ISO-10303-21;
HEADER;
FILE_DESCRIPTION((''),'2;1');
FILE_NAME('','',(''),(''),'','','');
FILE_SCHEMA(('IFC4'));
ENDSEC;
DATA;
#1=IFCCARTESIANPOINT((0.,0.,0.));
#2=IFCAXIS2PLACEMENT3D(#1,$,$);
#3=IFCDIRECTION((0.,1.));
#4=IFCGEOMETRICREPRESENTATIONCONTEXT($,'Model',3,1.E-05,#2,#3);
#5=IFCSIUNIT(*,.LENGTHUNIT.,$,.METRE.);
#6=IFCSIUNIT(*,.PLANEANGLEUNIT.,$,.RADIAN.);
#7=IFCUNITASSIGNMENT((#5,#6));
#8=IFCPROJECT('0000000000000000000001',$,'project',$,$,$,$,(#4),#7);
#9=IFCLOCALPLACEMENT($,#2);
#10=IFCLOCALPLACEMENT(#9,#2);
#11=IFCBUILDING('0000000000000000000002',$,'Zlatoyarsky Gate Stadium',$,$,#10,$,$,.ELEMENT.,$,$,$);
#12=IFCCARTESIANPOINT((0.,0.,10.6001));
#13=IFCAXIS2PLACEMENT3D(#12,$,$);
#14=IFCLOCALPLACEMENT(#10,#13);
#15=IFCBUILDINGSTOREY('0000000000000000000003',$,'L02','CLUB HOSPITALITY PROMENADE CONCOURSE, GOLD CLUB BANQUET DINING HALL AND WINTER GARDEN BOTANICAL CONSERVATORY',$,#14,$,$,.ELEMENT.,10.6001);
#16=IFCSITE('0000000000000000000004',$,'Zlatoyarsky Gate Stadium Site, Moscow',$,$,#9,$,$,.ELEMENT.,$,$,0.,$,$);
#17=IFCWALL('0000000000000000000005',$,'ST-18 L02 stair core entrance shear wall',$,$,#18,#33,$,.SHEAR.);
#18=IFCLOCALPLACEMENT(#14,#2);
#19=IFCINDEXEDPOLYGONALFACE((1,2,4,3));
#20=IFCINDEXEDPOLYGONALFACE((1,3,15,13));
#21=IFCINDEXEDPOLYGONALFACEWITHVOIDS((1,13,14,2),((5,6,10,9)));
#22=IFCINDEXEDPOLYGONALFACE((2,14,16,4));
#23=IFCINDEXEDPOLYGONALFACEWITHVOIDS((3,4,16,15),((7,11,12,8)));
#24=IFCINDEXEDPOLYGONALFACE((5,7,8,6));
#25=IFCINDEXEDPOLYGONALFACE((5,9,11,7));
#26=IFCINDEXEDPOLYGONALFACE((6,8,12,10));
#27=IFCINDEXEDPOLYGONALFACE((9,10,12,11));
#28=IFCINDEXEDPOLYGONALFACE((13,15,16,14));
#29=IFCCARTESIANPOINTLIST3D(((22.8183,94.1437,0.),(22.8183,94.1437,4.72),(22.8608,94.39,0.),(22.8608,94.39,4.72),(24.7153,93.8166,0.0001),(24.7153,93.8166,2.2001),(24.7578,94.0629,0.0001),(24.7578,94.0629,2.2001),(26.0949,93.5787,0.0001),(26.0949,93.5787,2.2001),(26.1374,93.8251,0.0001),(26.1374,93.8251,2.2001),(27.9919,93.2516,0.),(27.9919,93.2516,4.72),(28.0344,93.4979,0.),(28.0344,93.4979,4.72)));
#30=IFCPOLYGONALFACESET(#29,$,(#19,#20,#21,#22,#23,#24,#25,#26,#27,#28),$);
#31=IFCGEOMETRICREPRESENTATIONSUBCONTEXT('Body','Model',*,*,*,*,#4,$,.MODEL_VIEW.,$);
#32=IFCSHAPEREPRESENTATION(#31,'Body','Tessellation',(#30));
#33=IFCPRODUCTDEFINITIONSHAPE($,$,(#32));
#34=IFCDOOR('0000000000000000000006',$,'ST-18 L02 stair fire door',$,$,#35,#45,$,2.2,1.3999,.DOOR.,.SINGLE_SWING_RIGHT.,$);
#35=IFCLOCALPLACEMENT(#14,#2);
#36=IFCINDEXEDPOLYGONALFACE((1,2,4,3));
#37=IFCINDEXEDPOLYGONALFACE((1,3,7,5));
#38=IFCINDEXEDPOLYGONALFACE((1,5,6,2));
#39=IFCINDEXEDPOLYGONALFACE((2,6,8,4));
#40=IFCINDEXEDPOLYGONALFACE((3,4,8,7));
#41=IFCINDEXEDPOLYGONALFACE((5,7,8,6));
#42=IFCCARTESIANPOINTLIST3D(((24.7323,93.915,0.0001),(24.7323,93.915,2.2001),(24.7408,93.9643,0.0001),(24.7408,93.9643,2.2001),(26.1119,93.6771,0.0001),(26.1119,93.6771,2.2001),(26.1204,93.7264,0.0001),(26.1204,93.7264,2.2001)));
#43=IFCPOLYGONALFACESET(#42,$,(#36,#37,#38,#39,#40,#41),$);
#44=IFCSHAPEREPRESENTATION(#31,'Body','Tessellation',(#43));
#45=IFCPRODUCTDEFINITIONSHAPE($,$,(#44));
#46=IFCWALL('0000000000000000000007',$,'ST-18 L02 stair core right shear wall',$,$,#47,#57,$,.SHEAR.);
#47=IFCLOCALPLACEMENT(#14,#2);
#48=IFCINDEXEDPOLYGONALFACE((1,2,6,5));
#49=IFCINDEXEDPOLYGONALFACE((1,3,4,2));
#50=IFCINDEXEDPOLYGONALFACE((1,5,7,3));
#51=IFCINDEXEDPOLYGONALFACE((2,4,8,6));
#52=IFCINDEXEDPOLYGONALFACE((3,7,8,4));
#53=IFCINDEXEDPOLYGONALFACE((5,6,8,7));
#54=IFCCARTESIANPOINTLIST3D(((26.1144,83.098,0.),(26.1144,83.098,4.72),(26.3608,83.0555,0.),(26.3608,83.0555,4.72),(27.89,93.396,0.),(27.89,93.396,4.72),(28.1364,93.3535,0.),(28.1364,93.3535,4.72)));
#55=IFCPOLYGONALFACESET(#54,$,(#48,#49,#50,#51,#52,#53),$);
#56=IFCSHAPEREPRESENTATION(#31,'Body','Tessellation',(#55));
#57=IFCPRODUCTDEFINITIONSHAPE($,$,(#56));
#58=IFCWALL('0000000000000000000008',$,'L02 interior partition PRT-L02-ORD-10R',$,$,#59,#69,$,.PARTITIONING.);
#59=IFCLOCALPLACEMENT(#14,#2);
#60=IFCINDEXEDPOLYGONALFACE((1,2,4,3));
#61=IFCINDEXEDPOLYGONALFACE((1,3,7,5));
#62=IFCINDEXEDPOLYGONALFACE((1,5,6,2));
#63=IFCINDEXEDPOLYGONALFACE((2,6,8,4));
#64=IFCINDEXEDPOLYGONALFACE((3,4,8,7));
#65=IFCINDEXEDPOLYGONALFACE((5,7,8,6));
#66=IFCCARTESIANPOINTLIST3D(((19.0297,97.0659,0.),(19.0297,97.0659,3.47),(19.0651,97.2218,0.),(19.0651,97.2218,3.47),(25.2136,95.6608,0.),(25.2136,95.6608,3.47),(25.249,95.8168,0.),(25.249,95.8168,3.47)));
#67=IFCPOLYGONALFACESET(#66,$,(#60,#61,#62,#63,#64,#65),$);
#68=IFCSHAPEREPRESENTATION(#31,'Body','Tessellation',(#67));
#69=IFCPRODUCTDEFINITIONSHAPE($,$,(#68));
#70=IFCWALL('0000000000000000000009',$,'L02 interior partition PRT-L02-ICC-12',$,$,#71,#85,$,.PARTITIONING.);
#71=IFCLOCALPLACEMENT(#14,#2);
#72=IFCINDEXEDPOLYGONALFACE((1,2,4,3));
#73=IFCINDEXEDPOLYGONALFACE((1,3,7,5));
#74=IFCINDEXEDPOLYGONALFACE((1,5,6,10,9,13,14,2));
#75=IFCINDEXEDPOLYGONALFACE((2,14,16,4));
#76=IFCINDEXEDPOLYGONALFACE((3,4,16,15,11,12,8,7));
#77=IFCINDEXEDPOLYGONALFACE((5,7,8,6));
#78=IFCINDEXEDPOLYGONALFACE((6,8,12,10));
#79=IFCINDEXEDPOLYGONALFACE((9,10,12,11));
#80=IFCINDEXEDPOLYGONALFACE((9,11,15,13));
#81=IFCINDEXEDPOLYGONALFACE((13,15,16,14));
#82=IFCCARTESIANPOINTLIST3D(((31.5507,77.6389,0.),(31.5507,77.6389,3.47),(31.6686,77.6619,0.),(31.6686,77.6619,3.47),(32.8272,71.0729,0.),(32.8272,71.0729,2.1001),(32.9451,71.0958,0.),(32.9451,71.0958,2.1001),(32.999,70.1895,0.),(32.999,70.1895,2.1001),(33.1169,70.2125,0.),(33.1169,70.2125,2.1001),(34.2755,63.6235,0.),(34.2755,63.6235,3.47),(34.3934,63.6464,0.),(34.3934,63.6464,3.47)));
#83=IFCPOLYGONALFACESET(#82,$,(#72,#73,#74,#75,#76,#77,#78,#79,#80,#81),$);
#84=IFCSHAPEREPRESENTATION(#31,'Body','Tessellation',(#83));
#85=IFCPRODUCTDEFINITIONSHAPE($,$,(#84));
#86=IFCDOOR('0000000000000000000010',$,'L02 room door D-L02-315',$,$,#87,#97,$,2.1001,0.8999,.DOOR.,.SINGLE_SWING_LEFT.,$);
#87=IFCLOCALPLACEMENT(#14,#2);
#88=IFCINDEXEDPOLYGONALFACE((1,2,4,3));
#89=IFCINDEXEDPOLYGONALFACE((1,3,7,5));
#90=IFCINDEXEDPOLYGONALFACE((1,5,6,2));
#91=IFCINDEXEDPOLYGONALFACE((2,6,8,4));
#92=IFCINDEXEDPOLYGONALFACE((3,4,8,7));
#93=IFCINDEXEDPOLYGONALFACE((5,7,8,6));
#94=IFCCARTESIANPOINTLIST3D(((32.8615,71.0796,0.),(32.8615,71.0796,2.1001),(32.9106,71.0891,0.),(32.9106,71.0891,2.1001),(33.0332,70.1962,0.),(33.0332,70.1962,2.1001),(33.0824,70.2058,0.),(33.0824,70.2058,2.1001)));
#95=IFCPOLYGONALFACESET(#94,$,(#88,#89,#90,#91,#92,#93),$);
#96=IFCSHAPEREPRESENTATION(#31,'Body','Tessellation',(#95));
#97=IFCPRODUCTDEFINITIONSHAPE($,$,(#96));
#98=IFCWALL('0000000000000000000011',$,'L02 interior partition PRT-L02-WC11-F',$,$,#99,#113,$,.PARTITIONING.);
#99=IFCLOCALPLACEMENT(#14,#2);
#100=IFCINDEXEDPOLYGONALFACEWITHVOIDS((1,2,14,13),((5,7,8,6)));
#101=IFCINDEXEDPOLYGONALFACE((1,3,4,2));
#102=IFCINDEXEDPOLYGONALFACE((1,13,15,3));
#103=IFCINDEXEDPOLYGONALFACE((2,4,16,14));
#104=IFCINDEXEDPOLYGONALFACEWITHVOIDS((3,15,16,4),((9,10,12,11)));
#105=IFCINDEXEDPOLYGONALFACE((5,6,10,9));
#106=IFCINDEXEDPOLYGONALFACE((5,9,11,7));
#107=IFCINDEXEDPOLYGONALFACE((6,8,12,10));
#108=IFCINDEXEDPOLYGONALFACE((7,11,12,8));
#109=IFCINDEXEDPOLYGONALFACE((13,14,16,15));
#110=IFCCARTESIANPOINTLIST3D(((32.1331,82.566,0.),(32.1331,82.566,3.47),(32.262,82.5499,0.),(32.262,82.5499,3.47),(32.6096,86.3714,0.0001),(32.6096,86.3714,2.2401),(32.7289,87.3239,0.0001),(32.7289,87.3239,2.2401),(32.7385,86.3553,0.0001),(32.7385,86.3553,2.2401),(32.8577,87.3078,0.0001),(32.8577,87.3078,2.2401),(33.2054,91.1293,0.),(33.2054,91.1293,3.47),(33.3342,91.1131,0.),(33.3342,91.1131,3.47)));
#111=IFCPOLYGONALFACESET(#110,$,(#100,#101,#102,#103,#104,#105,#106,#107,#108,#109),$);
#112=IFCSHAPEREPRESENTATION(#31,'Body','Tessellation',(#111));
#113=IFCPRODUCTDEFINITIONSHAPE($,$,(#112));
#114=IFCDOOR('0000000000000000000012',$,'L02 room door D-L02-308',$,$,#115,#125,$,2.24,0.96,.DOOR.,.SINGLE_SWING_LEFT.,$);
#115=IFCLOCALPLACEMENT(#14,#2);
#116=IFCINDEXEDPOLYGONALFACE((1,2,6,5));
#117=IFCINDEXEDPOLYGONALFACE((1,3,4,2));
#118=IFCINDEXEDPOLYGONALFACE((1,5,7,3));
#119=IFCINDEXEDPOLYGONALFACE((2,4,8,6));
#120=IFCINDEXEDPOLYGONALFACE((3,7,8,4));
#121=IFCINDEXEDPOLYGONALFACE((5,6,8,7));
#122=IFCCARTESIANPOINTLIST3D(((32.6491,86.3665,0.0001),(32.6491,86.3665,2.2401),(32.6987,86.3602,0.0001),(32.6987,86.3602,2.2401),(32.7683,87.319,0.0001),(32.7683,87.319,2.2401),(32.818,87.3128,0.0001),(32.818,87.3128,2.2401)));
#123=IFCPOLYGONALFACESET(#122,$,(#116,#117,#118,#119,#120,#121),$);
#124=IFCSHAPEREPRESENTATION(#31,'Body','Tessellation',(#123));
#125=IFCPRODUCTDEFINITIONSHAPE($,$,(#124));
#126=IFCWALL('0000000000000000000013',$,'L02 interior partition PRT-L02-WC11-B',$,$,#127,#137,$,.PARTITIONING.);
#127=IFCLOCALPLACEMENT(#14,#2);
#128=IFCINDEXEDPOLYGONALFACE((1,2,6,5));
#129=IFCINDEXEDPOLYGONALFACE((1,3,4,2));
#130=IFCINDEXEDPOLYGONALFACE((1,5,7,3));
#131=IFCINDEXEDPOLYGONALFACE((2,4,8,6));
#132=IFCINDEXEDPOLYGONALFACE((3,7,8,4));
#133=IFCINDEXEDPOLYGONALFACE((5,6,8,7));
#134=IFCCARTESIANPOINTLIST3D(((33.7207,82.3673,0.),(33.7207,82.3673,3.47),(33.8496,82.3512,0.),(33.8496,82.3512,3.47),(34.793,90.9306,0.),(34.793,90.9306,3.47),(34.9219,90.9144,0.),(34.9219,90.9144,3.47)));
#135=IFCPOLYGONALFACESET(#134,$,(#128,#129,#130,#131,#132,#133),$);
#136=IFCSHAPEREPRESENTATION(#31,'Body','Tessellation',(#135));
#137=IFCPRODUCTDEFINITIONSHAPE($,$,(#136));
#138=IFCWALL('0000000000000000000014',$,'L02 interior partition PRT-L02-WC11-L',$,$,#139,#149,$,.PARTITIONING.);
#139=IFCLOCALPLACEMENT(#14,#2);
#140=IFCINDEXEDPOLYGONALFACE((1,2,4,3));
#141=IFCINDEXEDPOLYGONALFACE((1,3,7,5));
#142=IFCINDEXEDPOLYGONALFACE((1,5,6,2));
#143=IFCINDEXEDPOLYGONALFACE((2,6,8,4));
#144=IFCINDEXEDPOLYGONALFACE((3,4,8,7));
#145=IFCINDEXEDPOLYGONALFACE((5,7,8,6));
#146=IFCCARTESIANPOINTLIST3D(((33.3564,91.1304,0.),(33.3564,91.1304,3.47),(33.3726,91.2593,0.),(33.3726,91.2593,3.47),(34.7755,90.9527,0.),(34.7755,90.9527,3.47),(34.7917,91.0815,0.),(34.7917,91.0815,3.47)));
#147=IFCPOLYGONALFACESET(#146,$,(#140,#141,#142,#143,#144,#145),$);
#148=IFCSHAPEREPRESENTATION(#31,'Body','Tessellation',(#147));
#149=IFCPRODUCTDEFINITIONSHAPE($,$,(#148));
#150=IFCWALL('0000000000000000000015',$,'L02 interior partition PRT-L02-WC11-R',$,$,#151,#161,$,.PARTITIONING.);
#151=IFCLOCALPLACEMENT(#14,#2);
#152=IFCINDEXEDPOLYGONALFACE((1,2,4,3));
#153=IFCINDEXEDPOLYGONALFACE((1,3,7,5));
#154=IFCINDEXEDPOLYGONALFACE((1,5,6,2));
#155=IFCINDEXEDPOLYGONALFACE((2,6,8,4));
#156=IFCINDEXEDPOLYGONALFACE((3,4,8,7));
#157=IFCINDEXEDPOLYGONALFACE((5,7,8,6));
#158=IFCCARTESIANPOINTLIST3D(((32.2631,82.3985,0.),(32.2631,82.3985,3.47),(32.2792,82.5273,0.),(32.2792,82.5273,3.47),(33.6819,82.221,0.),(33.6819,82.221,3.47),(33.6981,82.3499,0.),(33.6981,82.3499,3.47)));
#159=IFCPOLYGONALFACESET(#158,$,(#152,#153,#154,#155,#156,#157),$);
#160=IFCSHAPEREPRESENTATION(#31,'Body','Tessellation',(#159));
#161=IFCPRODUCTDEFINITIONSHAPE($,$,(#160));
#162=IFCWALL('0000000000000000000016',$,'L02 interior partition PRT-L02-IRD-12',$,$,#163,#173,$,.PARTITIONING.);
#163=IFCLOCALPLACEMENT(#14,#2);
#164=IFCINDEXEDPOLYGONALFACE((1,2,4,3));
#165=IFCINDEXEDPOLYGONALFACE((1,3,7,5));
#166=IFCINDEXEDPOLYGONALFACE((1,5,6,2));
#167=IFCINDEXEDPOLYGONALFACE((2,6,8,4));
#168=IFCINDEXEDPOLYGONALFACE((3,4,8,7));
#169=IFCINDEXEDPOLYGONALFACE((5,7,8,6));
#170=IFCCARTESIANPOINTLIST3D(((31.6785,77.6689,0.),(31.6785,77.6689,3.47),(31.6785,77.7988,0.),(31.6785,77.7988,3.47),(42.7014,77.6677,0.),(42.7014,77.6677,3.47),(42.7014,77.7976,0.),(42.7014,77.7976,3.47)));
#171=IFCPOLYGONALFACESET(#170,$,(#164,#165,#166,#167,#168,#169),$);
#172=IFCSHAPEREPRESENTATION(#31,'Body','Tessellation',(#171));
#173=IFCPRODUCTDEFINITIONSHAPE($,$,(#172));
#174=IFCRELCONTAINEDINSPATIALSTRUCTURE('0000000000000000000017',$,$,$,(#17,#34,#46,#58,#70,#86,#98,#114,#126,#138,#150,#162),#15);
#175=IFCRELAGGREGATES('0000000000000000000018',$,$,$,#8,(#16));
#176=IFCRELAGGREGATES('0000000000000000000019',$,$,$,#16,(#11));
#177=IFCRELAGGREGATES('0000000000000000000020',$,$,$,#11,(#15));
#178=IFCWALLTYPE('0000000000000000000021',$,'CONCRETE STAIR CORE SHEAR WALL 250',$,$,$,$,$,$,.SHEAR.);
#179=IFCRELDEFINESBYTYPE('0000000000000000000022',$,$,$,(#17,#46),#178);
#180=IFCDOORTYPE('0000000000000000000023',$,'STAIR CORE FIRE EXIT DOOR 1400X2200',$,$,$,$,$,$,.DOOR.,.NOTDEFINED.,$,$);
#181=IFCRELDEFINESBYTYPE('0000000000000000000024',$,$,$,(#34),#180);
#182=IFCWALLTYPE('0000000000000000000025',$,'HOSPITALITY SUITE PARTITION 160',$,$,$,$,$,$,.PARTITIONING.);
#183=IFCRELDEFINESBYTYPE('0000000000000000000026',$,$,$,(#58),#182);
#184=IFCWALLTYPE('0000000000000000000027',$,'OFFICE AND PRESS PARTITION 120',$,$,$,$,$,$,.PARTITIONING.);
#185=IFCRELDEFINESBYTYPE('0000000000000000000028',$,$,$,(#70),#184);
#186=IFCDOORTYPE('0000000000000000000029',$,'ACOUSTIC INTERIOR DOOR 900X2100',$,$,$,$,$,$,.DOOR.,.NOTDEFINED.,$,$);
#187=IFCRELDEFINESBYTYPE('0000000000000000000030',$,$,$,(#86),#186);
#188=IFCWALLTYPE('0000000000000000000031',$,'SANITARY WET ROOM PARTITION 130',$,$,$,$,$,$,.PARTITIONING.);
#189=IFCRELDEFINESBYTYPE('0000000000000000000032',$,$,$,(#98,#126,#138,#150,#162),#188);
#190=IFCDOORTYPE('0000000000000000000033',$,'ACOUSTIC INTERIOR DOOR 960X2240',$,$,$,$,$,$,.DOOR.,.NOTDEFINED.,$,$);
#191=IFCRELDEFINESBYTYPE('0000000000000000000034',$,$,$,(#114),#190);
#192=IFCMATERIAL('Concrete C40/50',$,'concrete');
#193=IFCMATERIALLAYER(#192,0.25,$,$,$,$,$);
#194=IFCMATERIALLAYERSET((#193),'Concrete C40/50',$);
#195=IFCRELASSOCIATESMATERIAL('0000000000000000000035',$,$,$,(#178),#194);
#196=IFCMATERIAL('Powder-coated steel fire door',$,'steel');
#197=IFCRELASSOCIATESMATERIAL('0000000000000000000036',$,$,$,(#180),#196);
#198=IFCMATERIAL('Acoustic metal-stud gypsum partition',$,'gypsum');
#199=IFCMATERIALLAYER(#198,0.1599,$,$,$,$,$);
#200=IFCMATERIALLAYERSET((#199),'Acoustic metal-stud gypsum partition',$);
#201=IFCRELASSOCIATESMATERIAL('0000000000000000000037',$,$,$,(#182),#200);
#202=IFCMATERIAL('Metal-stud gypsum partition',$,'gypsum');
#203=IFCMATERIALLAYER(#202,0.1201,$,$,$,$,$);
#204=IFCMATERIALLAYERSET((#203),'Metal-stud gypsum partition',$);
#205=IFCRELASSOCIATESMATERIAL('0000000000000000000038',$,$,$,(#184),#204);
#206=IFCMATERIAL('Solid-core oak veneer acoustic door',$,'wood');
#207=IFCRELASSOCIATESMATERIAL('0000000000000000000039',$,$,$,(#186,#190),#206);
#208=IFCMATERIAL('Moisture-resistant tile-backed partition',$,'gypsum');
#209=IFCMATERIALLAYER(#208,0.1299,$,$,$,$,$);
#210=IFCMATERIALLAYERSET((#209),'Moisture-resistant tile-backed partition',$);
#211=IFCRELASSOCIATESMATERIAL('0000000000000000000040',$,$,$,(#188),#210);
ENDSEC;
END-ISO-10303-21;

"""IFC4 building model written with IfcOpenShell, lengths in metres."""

from ifc_helpers import new_model, si_unit, direction, frame, frame_2d, origin, place, context, subcontext, project, spatial, rectangle, extrude, material, layer, layer_set, type_object, element, fill, save


model = new_model("IFC4")

# Units and contexts
model_context = context("Model", 3, precision=1e-05, world=origin(), true_north=direction((0.0, 1.0)))
body_context = subcontext(model_context, "Body", "Model", "MODEL_VIEW")
ifc_project = project(units=[si_unit("LENGTHUNIT", "METRE"), si_unit("PLANEANGLEUNIT", "RADIAN")], contexts=[model_context])

# Site, building, storey
site_placement = place(None, origin())
site = spatial("IfcSite", under=ifc_project, at=site_placement, Name="Zlatoyarsky Gate Stadium Site, Moscow", CompositionType="ELEMENT", RefElevation=0.0)
building_placement = place(site_placement, origin())
building = spatial("IfcBuilding", under=site, at=building_placement, Name="Zlatoyarsky Gate Stadium", CompositionType="ELEMENT")
storey_placement = place(building_placement, frame((0.0, 0.0, 10.6001)))
storey = spatial("IfcBuildingStorey", under=building, at=storey_placement, Name="L02", Description="CLUB HOSPITALITY PROMENADE CONCOURSE, GOLD CLUB BANQUET DINING HALL AND WINTER GARDEN BOTANICAL CONSERVATORY", CompositionType="ELEMENT", Elevation=10.6001)

# Shared definitions
ifc_material_1 = material(Name="Concrete C40/50", Category="concrete")

# Shared definitions
ifc_material_2 = material(Name="Powder-coated steel fire door", Category="steel")

# Shared definitions
ifc_material_3 = material(Name="Metal-stud gypsum partition", Category="gypsum")

# Wall, opening, door
ifc_layer_1 = layer(ifc_material_1, 0.25)
ifc_layer_set_1 = layer_set([ifc_layer_1], Name="Concrete C40/50")
wall_type_1 = type_object("IfcWallType", Name="CONCRETE STAIR CORE SHEAR WALL 250", PredefinedType="SHEAR", material=ifc_layer_set_1)
door_type_1 = type_object("IfcDoorType", Name="STAIR CORE FIRE EXIT DOOR 1400X2200", OperationType="NOTDEFINED", PredefinedType="DOOR", material=ifc_material_2)
wall_1_placement = place(storey_placement, frame((28.0132, 93.3748, 0.0), z_axis=(0.0, 0.0, 1.0), x_axis=(-0.985457, 0.169924, 0.0)))
wall_1 = element("IfcWall", 1, at=wall_1_placement, inside=storey, type_object=wall_type_1, Name="ST-18 L02 stair core entrance shear wall", PredefinedType="SHEAR", context=body_context, shape_type="SweptSolid", body=[
    extrude(rectangle(XDim=5.25, YDim=0.25, at=frame_2d((2.625, 0.0))), origin(), (0.0, 0.0, 1.0), 4.72),
])
opening_1_placement = place(wall_1_placement, frame((1.925, 0.0, 0.0)))
opening_1 = element("IfcOpeningElement", 2, at=opening_1_placement, cuts=wall_1, PredefinedType="OPENING", context=body_context, shape_type="SweptSolid", body=[
    extrude(rectangle(XDim=1.3999, YDim=2.2, at=frame_2d((0.7, 1.1001))), frame((0.0, 0.135, 0.0), z_axis=(0.0, -1.0, 0.0), x_axis=(1.0, 0.0, 0.0)), (0.0, 0.0, 1.0), 0.27),
])
door_1_placement = place(opening_1_placement, frame((1.3999, 0.0, 0.0), z_axis=(0.0, 0.0, 1.0), x_axis=(-1.0, 0.0, 0.0)))
door_1 = element("IfcDoor", 3, at=door_1_placement, inside=storey, type_object=door_type_1, Name="ST-18 L02 stair fire door", OperationType="SINGLE_SWING_RIGHT", OverallHeight=2.2, OverallWidth=1.3999, PredefinedType="DOOR", context=body_context, shape_type="SweptSolid", body=[
    extrude(rectangle(XDim=1.3999, YDim=2.2, at=frame_2d((0.7, 1.1001))), frame((0.0, 0.0249, 0.0), z_axis=(0.0, -1.0, 0.0), x_axis=(1.0, 0.0, 0.0)), (0.0, 0.0, 1.0), 0.05),
])
fill(opening_1, door_1)

# Walls
wall_2_placement = place(storey_placement, frame((26.2375, 83.0767, 0.0), z_axis=(0.0, 0.0, 1.0), x_axis=(0.169916, 0.985458, 0.0)))
element("IfcWall", 4, at=wall_2_placement, inside=storey, type_object=wall_type_1, Name="ST-18 L02 stair core right shear wall", PredefinedType="SHEAR", context=body_context, shape_type="SweptSolid", body=[
    extrude(rectangle(XDim=10.45, YDim=0.25, at=frame_2d((5.2251, 0.0))), origin(), (0.0, 0.0, 1.0), 4.72),
])
ifc_material_4 = material(Name="Acoustic metal-stud gypsum partition", Category="gypsum")
ifc_layer_2 = layer(ifc_material_4, 0.1599)
ifc_layer_set_2 = layer_set([ifc_layer_2], Name="Acoustic metal-stud gypsum partition")
wall_type_2 = type_object("IfcWallType", Name="HOSPITALITY SUITE PARTITION 160", PredefinedType="PARTITIONING", material=ifc_layer_set_2)
wall_3_placement = place(storey_placement, frame((25.2314, 95.7388, 0.0), z_axis=(0.0, 0.0, 1.0), x_axis=(-0.975146, 0.221563, 0.0)))
element("IfcWall", 5, at=wall_3_placement, inside=storey, type_object=wall_type_2, Name="L02 interior partition PRT-L02-ORD-10R", PredefinedType="PARTITIONING", context=body_context, shape_type="SweptSolid", body=[
    extrude(rectangle(XDim=6.3416, YDim=0.1599, at=frame_2d((3.1709, 0.0))), origin(), (0.0, 0.0, 1.0), 3.47),
])

# Walls, openings, doors
ifc_layer_3 = layer(ifc_material_3, 0.1201)
ifc_layer_set_3 = layer_set([ifc_layer_3], Name="Metal-stud gypsum partition")
wall_type_3 = type_object("IfcWallType", Name="OFFICE AND PRESS PARTITION 120", PredefinedType="PARTITIONING", material=ifc_layer_set_3)
wall_4_placement = place(storey_placement, frame((31.6096, 77.6504, 0.0), z_axis=(0.0, 0.0, 1.0), x_axis=(0.190845, -0.98162, 0.0)))
wall_4 = element("IfcWall", 6, at=wall_4_placement, inside=storey, type_object=wall_type_3, Name="L02 interior partition PRT-L02-ICC-12", PredefinedType="PARTITIONING", context=body_context, shape_type="SweptSolid", body=[
    extrude(rectangle(XDim=14.2778, YDim=0.1201, at=frame_2d((7.1389, 0.0))), origin(), (0.0, 0.0, 1.0), 3.47),
])
opening_2_placement = place(wall_4_placement, frame((6.689, 0.0, 0.0)))
opening_2 = element("IfcOpeningElement", 7, at=opening_2_placement, cuts=wall_4, PredefinedType="OPENING", context=body_context, shape_type="SweptSolid", body=[
    extrude(rectangle(XDim=0.8999, YDim=2.1001, at=frame_2d((0.45, 1.05))), frame((0.0, 0.0701, 0.0), z_axis=(0.0, -1.0, 0.0), x_axis=(1.0, 0.0, 0.0)), (0.0, 0.0, 1.0), 0.1401),
])
ifc_material_5 = material(Name="Solid-core oak veneer acoustic door", Category="wood")
door_type_2 = type_object("IfcDoorType", Name="ACOUSTIC INTERIOR DOOR 900X2100", OperationType="NOTDEFINED", PredefinedType="DOOR", material=ifc_material_5)
door_2_placement = place(opening_2_placement, origin())
door_2 = element("IfcDoor", 8, at=door_2_placement, inside=storey, type_object=door_type_2, Name="L02 room door D-L02-315", OperationType="SINGLE_SWING_LEFT", OverallHeight=2.1001, OverallWidth=0.8999, PredefinedType="DOOR", context=body_context, shape_type="SweptSolid", body=[
    extrude(rectangle(XDim=0.8999, YDim=2.1001, at=frame_2d((0.45, 1.05))), frame((0.0, 0.0249, 0.0), z_axis=(0.0, -1.0, 0.0), x_axis=(1.0, 0.0, 0.0)), (0.0, 0.0, 1.0), 0.05),
])
fill(opening_2, door_2)
ifc_material_6 = material(Name="Moisture-resistant tile-backed partition", Category="gypsum")
ifc_layer_4 = layer(ifc_material_6, 0.1299)
ifc_layer_set_4 = layer_set([ifc_layer_4], Name="Moisture-resistant tile-backed partition")
wall_type_4 = type_object("IfcWallType", Name="SANITARY WET ROOM PARTITION 130", PredefinedType="PARTITIONING", material=ifc_layer_set_4)
wall_5_placement = place(storey_placement, frame((33.2698, 91.1211, 0.0), z_axis=(0.0, 0.0, 1.0), x_axis=(-0.124247, -0.992251, 0.0)))
wall_5 = element("IfcWall", 9, at=wall_5_placement, inside=storey, type_object=wall_type_4, Name="L02 interior partition PRT-L02-WC11-F", PredefinedType="PARTITIONING", context=body_context, shape_type="SweptSolid", body=[
    extrude(rectangle(XDim=8.6301, YDim=0.1299, at=frame_2d((4.3149, 0.0))), origin(), (0.0, 0.0, 1.0), 3.47),
])
opening_3_placement = place(wall_5_placement, frame((3.835, 0.0, 0.0)))
opening_3 = element("IfcOpeningElement", 10, at=opening_3_placement, cuts=wall_5, PredefinedType="OPENING", context=body_context, shape_type="SweptSolid", body=[
    extrude(rectangle(XDim=0.96, YDim=2.24, at=frame_2d((0.48, 1.1201))), frame((0.0, 0.075, 0.0), z_axis=(0.0, -1.0, 0.0), x_axis=(1.0, 0.0, 0.0)), (0.0, 0.0, 1.0), 0.1499),
])
door_type_3 = type_object("IfcDoorType", Name="ACOUSTIC INTERIOR DOOR 960X2240", OperationType="NOTDEFINED", PredefinedType="DOOR", material=ifc_material_5)
door_3_placement = place(opening_3_placement, origin())
door_3 = element("IfcDoor", 11, at=door_3_placement, inside=storey, type_object=door_type_3, Name="L02 room door D-L02-308", OperationType="SINGLE_SWING_LEFT", OverallHeight=2.24, OverallWidth=0.96, PredefinedType="DOOR", context=body_context, shape_type="SweptSolid", body=[
    extrude(rectangle(XDim=0.96, YDim=2.24, at=frame_2d((0.48, 1.1201))), frame((0.0, 0.0249, 0.0), z_axis=(0.0, -1.0, 0.0), x_axis=(1.0, 0.0, 0.0)), (0.0, 0.0, 1.0), 0.05),
])
fill(opening_3, door_3)

# Walls
wall_6_placement = place(storey_placement, frame((34.8574, 90.9224, 0.0), z_axis=(0.0, 0.0, 1.0), x_axis=(-0.124247, -0.992251, 0.0)))
element("IfcWall", 12, at=wall_6_placement, inside=storey, type_object=wall_type_4, Name="L02 interior partition PRT-L02-WC11-B", PredefinedType="PARTITIONING", context=body_context, shape_type="SweptSolid", body=[
    extrude(rectangle(XDim=8.6301, YDim=0.1299, at=frame_2d((4.3149, 0.0))), origin(), (0.0, 0.0, 1.0), 3.47),
])
wall_7_placement = place(storey_placement, frame((33.3645, 91.1948, 0.0), z_axis=(0.0, 0.0, 1.0), x_axis=(0.992249, -0.124266, 0.0)))
element("IfcWall", 13, at=wall_7_placement, inside=storey, type_object=wall_type_4, Name="L02 interior partition PRT-L02-WC11-L", PredefinedType="PARTITIONING", context=body_context, shape_type="SweptSolid", body=[
    extrude(rectangle(XDim=1.4302, YDim=0.1299, at=frame_2d((0.7151, 0.0))), origin(), (0.0, 0.0, 1.0), 3.47),
])
wall_8_placement = place(storey_placement, frame((32.2712, 82.4629, 0.0), z_axis=(0.0, 0.0, 1.0), x_axis=(0.992267, -0.124119, 0.0)))
element("IfcWall", 14, at=wall_8_placement, inside=storey, type_object=wall_type_4, Name="L02 interior partition PRT-L02-WC11-R", PredefinedType="PARTITIONING", context=body_context, shape_type="SweptSolid", body=[
    extrude(rectangle(XDim=1.4299, YDim=0.1299, at=frame_2d((0.7148, 0.0))), origin(), (0.0, 0.0, 1.0), 3.47),
])
wall_9_placement = place(storey_placement, frame((42.7014, 77.7327, 0.0), z_axis=(0.0, 0.0, 1.0), x_axis=(-1.0, 0.000111, 0.0)))
element("IfcWall", 15, at=wall_9_placement, inside=storey, type_object=wall_type_4, Name="L02 interior partition PRT-L02-IRD-12", PredefinedType="PARTITIONING", context=body_context, shape_type="SweptSolid", body=[
    extrude(rectangle(XDim=11.0229, YDim=0.1299, at=frame_2d((5.5115, 0.0))), origin(), (0.0, 0.0, 1.0), 3.47),
])

save(model, "model.ifc")
